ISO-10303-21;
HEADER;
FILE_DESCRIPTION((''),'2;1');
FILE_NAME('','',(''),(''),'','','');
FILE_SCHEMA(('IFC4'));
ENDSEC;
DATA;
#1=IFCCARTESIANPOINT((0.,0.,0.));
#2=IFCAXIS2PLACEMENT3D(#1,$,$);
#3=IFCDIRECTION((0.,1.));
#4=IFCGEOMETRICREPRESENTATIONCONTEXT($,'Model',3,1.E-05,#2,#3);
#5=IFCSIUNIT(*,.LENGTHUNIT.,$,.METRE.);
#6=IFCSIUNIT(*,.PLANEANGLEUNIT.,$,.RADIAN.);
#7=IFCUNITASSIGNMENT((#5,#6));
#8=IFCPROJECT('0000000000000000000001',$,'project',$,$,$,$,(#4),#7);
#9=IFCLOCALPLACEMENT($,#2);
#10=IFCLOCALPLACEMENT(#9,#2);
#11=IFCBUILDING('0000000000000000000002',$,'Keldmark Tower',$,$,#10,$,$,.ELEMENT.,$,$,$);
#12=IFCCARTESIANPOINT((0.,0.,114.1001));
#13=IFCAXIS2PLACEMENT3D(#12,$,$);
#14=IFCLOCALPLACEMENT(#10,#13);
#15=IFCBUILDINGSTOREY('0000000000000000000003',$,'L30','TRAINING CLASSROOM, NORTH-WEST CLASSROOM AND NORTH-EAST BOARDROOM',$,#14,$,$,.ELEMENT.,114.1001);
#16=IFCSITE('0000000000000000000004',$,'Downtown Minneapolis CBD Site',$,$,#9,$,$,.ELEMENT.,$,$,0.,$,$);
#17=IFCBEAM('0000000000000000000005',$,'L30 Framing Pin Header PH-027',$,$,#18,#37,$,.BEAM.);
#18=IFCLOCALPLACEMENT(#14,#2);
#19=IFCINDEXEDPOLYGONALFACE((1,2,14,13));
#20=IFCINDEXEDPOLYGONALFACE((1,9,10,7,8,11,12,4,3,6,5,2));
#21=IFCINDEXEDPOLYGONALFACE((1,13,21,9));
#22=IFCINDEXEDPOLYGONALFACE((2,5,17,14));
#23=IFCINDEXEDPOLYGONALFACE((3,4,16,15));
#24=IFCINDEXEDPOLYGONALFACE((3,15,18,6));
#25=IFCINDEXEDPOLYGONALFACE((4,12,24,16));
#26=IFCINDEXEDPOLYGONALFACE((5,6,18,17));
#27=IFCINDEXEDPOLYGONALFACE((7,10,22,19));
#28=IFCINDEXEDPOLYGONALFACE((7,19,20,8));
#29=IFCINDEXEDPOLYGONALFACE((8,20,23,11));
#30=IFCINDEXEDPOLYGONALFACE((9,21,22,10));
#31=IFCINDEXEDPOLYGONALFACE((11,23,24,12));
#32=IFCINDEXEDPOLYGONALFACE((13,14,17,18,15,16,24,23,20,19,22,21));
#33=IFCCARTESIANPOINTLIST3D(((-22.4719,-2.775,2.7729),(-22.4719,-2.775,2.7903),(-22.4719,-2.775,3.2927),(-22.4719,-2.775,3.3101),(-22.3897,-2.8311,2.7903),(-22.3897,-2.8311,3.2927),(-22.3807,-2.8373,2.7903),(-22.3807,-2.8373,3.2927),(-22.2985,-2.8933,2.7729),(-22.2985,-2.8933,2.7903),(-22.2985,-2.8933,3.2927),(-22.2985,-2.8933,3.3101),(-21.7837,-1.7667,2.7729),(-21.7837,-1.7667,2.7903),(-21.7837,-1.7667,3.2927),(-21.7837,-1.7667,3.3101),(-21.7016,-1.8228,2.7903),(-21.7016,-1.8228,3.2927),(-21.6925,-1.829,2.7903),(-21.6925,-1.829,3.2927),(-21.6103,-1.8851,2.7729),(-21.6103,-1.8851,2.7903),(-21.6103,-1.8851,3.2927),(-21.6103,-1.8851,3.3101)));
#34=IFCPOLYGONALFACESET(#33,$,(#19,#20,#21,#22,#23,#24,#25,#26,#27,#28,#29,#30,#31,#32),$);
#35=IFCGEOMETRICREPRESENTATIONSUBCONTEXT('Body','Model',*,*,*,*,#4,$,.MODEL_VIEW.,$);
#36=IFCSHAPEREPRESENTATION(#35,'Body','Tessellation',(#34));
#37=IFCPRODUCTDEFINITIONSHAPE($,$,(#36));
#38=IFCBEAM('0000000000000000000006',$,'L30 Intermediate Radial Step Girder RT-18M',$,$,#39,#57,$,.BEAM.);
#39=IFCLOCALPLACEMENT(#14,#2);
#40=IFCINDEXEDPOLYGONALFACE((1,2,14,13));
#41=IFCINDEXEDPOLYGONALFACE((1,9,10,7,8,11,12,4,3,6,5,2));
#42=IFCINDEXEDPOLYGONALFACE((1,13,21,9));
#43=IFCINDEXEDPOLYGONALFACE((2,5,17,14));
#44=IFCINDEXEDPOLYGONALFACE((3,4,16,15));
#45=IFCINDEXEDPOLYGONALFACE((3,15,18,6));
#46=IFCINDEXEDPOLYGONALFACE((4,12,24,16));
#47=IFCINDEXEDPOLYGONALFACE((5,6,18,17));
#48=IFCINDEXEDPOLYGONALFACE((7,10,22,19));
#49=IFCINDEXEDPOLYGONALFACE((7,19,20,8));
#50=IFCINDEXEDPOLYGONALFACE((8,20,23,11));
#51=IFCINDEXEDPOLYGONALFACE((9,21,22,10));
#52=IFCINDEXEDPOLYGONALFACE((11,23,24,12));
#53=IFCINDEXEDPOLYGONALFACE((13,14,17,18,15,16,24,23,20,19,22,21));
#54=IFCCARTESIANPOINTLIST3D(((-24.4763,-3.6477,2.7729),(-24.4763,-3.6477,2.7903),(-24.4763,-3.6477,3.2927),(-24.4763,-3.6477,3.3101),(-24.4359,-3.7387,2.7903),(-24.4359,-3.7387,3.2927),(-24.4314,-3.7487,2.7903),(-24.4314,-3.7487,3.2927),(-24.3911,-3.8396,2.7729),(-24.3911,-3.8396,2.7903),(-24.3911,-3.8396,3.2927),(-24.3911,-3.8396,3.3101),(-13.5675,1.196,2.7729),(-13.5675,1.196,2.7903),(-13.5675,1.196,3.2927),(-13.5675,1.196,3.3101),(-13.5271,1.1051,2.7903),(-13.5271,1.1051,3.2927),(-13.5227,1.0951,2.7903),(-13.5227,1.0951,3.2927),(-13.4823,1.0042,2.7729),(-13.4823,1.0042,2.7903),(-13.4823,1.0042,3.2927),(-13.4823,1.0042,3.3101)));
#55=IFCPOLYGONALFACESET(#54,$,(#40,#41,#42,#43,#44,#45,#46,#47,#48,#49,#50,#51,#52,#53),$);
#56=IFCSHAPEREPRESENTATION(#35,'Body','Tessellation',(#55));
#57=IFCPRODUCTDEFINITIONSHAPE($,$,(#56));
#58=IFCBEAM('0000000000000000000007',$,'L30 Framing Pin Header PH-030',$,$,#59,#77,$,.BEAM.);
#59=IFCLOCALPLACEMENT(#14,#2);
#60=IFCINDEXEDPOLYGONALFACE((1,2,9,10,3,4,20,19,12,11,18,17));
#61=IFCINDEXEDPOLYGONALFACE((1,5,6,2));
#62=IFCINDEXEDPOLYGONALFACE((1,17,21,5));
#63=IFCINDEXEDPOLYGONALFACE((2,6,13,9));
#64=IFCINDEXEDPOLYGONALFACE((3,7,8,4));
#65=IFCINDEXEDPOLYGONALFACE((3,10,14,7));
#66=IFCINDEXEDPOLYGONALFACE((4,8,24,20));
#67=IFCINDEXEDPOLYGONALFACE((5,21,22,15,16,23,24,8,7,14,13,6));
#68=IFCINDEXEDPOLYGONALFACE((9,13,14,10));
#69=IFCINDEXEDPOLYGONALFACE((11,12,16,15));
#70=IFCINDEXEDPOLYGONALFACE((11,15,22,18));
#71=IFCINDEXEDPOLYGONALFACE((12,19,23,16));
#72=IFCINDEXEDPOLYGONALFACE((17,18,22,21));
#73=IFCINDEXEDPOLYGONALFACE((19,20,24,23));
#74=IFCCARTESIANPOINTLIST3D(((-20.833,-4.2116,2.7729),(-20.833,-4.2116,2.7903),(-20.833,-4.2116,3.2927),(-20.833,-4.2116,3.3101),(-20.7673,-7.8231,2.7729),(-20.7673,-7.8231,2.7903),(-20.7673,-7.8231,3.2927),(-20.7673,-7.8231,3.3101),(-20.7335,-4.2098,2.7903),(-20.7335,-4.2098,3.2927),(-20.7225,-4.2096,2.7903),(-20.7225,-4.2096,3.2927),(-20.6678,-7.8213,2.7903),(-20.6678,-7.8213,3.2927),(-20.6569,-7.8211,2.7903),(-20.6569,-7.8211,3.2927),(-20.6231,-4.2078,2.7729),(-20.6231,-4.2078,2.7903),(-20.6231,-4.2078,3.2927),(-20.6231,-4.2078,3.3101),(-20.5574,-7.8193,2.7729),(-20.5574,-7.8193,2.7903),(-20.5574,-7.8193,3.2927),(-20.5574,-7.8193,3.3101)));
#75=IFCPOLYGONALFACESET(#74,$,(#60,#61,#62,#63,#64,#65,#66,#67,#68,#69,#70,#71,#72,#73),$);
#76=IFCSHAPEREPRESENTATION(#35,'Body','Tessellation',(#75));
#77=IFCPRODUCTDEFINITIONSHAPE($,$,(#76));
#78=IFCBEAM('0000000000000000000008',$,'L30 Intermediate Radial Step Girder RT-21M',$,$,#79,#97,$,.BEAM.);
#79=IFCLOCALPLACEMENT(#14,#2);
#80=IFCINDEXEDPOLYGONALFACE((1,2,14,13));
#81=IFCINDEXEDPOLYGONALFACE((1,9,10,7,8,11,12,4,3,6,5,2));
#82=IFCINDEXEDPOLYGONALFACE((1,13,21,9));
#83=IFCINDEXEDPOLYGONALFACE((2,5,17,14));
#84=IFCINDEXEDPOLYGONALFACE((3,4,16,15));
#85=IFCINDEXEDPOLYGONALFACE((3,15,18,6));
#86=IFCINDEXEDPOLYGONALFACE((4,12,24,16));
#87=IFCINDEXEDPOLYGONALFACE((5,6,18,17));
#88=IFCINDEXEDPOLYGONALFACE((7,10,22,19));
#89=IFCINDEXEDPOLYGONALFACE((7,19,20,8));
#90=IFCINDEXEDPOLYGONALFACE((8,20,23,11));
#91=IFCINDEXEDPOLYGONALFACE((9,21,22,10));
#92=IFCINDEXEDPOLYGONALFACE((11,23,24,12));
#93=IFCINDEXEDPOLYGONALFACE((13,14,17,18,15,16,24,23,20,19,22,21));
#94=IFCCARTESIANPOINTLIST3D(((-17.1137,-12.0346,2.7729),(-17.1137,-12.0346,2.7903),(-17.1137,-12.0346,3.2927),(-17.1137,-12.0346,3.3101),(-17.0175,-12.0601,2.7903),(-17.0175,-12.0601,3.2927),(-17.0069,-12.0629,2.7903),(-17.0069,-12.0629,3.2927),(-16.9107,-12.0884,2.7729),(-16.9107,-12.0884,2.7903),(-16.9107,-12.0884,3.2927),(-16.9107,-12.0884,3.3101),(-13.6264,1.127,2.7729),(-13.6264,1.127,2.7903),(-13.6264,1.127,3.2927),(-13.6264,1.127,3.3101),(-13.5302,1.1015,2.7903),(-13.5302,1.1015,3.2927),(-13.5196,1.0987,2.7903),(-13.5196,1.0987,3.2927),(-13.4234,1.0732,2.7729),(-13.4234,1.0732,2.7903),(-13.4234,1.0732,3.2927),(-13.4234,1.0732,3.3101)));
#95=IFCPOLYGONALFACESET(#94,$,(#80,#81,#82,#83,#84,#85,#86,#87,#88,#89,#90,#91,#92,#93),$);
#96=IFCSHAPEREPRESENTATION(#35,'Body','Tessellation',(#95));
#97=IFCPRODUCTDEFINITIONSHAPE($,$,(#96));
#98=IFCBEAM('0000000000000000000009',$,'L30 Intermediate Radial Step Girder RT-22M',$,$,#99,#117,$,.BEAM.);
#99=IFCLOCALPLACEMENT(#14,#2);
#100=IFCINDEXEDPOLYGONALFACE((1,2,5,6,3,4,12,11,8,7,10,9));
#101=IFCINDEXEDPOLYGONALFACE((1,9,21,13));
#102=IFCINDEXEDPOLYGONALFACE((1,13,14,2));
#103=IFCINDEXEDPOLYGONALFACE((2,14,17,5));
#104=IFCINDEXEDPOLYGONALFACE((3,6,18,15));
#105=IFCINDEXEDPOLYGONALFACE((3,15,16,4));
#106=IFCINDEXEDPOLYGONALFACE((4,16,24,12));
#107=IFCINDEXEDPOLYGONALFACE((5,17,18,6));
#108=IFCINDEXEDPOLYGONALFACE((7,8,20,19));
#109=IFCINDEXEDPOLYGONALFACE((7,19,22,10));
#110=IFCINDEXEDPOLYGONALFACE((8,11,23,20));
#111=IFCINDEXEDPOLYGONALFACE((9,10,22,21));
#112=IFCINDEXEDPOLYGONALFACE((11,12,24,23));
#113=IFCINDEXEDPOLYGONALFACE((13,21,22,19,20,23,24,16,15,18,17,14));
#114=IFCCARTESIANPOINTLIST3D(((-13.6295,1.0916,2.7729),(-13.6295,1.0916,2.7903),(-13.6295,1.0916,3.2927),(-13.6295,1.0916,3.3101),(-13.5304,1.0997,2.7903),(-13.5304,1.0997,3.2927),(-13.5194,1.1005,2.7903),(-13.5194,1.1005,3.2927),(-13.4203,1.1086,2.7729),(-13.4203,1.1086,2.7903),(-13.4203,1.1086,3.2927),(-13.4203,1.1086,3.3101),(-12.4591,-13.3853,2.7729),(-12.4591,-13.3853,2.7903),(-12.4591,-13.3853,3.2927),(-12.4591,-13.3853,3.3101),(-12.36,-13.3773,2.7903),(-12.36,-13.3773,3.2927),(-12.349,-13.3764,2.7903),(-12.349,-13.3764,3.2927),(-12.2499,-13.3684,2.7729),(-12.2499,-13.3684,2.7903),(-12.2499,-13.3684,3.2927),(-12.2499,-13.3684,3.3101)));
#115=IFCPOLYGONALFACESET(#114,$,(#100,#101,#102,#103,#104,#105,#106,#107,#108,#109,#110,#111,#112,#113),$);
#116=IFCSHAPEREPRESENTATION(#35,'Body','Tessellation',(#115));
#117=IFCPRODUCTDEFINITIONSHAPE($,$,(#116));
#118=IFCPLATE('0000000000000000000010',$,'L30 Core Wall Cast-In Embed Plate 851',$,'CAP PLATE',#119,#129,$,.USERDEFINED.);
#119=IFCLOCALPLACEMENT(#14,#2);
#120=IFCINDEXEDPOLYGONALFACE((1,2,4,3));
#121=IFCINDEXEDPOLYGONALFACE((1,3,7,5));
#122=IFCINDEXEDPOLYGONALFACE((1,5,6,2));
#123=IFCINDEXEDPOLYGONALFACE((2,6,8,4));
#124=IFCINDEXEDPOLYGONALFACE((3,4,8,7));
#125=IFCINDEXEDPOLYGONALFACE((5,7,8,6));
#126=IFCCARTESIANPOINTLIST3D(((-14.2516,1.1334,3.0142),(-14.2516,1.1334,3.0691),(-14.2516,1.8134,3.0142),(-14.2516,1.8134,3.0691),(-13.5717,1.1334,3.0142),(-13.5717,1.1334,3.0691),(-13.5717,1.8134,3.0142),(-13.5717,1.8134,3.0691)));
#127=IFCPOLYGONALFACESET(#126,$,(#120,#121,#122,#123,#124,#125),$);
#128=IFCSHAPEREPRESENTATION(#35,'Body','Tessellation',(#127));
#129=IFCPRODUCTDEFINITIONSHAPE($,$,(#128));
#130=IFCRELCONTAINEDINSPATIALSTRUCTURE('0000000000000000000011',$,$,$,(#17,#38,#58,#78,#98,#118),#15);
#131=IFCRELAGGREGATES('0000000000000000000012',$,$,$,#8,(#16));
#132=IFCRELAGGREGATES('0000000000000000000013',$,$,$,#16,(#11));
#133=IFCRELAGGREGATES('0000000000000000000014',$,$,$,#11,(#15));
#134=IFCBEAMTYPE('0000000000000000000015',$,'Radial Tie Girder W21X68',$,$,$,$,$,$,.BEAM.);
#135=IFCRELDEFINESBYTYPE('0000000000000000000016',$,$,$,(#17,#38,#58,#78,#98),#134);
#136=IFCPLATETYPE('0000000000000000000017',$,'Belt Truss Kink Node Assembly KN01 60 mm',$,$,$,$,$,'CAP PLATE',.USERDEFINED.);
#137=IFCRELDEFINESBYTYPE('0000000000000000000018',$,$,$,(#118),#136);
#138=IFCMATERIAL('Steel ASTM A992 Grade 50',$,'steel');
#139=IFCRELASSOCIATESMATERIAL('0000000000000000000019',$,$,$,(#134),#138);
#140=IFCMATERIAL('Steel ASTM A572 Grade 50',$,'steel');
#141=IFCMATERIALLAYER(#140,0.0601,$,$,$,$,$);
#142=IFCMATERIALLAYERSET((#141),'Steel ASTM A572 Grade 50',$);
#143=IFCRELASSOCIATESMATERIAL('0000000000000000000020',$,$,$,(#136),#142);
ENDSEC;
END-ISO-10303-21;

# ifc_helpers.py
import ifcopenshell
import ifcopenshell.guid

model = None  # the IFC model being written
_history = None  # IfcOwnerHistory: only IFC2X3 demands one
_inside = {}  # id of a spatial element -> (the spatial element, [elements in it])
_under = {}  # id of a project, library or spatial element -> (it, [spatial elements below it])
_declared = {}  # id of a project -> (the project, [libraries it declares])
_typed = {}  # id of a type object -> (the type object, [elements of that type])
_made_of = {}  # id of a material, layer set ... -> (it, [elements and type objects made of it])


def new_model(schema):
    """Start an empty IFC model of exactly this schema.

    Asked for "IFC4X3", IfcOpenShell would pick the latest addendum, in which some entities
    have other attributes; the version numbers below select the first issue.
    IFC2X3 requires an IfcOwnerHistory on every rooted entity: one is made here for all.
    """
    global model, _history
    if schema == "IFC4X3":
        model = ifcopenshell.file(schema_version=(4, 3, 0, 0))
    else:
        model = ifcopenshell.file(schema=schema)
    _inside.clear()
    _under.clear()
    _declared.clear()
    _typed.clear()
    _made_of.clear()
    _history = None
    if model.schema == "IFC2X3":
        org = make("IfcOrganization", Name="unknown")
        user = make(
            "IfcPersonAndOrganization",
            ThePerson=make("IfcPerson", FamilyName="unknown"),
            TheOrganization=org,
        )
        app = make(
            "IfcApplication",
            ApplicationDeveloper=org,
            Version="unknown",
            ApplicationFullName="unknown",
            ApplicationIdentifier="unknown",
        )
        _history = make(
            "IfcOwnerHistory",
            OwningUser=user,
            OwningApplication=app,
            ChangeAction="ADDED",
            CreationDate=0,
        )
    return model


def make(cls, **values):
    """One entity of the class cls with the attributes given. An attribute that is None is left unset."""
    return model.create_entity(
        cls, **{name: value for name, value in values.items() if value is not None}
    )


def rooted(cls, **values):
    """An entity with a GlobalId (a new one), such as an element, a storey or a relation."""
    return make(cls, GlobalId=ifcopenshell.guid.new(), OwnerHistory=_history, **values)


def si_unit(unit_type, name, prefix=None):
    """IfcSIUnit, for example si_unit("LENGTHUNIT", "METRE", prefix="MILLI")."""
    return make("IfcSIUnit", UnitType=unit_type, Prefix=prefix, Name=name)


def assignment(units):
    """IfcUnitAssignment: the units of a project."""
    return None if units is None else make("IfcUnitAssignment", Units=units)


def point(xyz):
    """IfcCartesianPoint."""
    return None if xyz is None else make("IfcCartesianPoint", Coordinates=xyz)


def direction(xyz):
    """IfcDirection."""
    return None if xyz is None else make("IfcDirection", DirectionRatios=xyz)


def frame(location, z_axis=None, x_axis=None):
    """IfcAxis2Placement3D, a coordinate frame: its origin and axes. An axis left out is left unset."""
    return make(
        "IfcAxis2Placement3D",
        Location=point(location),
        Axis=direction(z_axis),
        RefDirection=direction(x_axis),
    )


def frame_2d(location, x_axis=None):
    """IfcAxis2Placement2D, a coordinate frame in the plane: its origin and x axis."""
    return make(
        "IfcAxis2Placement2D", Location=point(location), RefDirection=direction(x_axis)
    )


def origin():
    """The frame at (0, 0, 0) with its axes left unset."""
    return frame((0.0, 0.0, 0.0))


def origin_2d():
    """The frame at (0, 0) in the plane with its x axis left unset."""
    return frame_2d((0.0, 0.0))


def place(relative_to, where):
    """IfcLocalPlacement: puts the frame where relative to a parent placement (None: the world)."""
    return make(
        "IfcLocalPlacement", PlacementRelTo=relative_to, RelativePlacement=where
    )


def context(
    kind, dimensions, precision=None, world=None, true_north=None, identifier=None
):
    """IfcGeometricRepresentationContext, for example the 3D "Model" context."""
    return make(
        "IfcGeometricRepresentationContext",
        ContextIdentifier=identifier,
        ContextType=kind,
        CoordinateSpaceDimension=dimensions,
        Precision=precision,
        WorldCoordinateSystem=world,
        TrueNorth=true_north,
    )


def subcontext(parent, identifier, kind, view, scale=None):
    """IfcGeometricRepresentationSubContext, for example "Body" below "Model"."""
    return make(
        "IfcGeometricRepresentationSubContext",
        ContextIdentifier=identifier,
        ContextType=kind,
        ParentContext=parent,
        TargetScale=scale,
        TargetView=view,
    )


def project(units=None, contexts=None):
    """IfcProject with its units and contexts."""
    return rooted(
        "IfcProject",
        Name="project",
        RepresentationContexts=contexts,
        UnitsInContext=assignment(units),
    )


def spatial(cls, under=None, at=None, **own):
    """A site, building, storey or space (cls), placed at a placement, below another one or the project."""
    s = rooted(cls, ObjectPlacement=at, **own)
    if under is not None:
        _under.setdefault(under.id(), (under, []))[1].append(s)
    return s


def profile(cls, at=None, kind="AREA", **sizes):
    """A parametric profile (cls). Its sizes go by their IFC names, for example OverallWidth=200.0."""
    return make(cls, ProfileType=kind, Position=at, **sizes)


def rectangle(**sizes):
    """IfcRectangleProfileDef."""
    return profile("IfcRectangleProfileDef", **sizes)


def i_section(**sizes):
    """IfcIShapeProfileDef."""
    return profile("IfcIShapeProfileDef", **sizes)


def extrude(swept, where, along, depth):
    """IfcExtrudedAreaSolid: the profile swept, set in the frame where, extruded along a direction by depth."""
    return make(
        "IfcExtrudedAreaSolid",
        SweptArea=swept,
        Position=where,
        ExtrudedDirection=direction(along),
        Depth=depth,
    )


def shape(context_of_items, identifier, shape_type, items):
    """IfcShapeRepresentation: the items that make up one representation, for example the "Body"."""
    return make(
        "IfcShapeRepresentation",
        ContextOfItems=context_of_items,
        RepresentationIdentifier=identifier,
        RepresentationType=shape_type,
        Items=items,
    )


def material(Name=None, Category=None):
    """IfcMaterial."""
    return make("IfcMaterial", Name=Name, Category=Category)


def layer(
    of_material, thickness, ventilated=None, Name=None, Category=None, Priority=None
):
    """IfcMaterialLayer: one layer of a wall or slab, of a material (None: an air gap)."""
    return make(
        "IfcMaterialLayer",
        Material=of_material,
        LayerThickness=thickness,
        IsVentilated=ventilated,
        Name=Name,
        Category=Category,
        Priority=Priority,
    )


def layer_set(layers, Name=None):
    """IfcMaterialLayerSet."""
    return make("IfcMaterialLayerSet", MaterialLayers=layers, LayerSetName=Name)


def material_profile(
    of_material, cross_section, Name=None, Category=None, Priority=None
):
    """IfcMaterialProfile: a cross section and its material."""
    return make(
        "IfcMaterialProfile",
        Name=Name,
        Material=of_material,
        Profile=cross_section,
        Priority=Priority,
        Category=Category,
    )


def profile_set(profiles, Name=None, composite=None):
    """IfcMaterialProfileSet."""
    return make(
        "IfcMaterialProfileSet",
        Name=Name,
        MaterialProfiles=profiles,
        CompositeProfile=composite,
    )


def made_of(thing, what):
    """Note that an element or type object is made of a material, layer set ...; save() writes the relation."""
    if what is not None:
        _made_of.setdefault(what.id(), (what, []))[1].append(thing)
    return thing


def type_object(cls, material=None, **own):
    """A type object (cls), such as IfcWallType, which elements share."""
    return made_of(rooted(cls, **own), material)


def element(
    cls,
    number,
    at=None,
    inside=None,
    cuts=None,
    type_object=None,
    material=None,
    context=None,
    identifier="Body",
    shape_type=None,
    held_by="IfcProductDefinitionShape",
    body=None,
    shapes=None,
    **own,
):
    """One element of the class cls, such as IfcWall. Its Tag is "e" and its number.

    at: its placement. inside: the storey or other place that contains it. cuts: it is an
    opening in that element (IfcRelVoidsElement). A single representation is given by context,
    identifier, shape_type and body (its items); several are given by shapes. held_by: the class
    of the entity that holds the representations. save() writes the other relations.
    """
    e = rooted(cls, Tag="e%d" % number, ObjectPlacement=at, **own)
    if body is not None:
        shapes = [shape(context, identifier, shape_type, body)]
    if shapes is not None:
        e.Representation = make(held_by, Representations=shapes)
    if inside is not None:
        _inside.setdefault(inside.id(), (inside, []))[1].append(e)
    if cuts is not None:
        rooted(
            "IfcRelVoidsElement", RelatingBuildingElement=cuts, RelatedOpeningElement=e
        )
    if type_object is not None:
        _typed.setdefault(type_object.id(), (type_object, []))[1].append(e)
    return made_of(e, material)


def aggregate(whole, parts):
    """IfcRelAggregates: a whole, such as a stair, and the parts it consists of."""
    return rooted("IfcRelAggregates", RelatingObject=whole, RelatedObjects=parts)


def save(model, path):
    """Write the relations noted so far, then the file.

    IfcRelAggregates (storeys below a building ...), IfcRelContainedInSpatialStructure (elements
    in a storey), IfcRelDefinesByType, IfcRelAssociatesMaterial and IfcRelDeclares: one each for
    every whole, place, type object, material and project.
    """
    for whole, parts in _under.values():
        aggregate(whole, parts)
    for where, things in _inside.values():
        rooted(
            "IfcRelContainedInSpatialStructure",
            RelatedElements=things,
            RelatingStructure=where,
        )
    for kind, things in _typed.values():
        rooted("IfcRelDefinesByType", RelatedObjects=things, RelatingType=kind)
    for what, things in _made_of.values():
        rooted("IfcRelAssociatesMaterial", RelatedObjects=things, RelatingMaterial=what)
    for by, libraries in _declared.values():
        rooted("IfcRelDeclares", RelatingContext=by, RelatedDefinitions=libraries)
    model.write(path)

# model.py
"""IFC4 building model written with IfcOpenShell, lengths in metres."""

from ifc_helpers import new_model, si_unit, direction, frame, origin, origin_2d, place, context, subcontext, project, spatial, rectangle, i_section, extrude, material, layer, layer_set, material_profile, profile_set, type_object, element, save


model = new_model("IFC4")

# Units and contexts
model_context = context("Model", 3, precision=1e-05, world=origin(), true_north=direction((0.0, 1.0)))
body_context = subcontext(model_context, "Body", "Model", "MODEL_VIEW")
ifc_project = project(units=[si_unit("LENGTHUNIT", "METRE"), si_unit("PLANEANGLEUNIT", "RADIAN")], contexts=[model_context])

# Site, building, storey
site_placement = place(None, origin())
site = spatial("IfcSite", under=ifc_project, at=site_placement, Name="Downtown Minneapolis CBD Site", CompositionType="ELEMENT", RefElevation=0.0)
building_placement = place(site_placement, origin())
building = spatial("IfcBuilding", under=site, at=building_placement, Name="Keldmark Tower", CompositionType="ELEMENT")
storey_placement = place(building_placement, frame((0.0, 0.0, 114.1001)))
storey = spatial("IfcBuildingStorey", under=building, at=storey_placement, Name="L30", Description="TRAINING CLASSROOM, NORTH-WEST CLASSROOM AND NORTH-EAST BOARDROOM", CompositionType="ELEMENT", Elevation=114.1001)

# Beams
ifc_material_1 = material(Name="Steel ASTM A992 Grade 50", Category="steel")
ifc_material_profile_1 = material_profile(ifc_material_1, i_section(OverallWidth=0.21, OverallDepth=0.5371, WebThickness=0.011, FlangeThickness=0.0173, at=origin_2d()), Name="W21X68")
ifc_profile_set_1 = profile_set([ifc_material_profile_1], Name="Steel ASTM A992 Grade 50")
beam_type_1 = type_object("IfcBeamType", Name="Radial Tie Girder W21X68", PredefinedType="BEAM", material=ifc_profile_set_1)
beam_1_placement = place(storey_placement, frame((-21.697, -1.8259, 3.0415), z_axis=(-0.563759, -0.82594, 0.0), x_axis=(0.82594, -0.563759, 0.0)))
element("IfcBeam", 1, at=beam_1_placement, inside=storey, type_object=beam_type_1, Name="L30 Framing Pin Header PH-027", PredefinedType="BEAM", context=body_context, shape_type="SweptSolid", body=[
    extrude(i_section(OverallWidth=0.21, OverallDepth=0.5371, WebThickness=0.011, FlangeThickness=0.0173, at=origin_2d()), origin(), (0.0, 0.0, 1.0), 1.2207),
])
beam_2_placement = place(storey_placement, frame((-13.5249, 1.1001, 3.0415), z_axis=(-0.913953, -0.40582, 0.0), x_axis=(0.40582, -0.913953, 0.0)))
element("IfcBeam", 2, at=beam_2_placement, inside=storey, type_object=beam_type_1, Name="L30 Intermediate Radial Step Girder RT-18M", PredefinedType="BEAM", context=body_context, shape_type="SweptSolid", body=[
    extrude(i_section(OverallWidth=0.21, OverallDepth=0.5371, WebThickness=0.011, FlangeThickness=0.0173, at=origin_2d()), origin(), (0.0, 0.0, 1.0), 11.9358),
])
beam_3_placement = place(storey_placement, frame((-20.728, -4.2097, 3.0415), z_axis=(0.018181, -0.999835, 0.0), x_axis=(0.999835, 0.018181, 0.0)))
element("IfcBeam", 3, at=beam_3_placement, inside=storey, type_object=beam_type_1, Name="L30 Framing Pin Header PH-030", PredefinedType="BEAM", context=body_context, shape_type="SweptSolid", body=[
    extrude(i_section(OverallWidth=0.21, OverallDepth=0.5371, WebThickness=0.011, FlangeThickness=0.0173, at=origin_2d()), origin(), (0.0, 0.0, 1.0), 3.6121),
])
beam_4_placement = place(storey_placement, frame((-13.5249, 1.1001, 3.0415), z_axis=(-0.256122, -0.966644, 0.0), x_axis=(0.966644, -0.256122, 0.0)))
element("IfcBeam", 4, at=beam_4_placement, inside=storey, type_object=beam_type_1, Name="L30 Intermediate Radial Step Girder RT-21M", PredefinedType="BEAM", context=body_context, shape_type="SweptSolid", body=[
    extrude(i_section(OverallWidth=0.21, OverallDepth=0.5371, WebThickness=0.011, FlangeThickness=0.0173, at=origin_2d()), origin(), (0.0, 0.0, 1.0), 13.6157),
])
beam_5_placement = place(storey_placement, frame((-13.5249, 1.1001, 3.0415), z_axis=(0.080583, -0.996748, 0.0), x_axis=(0.996748, 0.080583, 0.0)))
element("IfcBeam", 5, at=beam_5_placement, inside=storey, type_object=beam_type_1, Name="L30 Intermediate Radial Step Girder RT-22M", PredefinedType="BEAM", context=body_context, shape_type="SweptSolid", body=[
    extrude(i_section(OverallWidth=0.21, OverallDepth=0.5371, WebThickness=0.011, FlangeThickness=0.0173, at=origin_2d()), origin(), (0.0, 0.0, 1.0), 14.5242),
])

# Plate
ifc_material_2 = material(Name="Steel ASTM A572 Grade 50", Category="steel")
ifc_layer_1 = layer(ifc_material_2, 0.0601)
ifc_layer_set_1 = layer_set([ifc_layer_1], Name="Steel ASTM A572 Grade 50")
plate_type = type_object("IfcPlateType", Name="Belt Truss Kink Node Assembly KN01 60 mm", ElementType="CAP PLATE", PredefinedType="USERDEFINED", material=ifc_layer_set_1)
plate_placement = place(storey_placement, frame((-13.9116, 1.4734, 3.0142), z_axis=(0.0, 0.0, 1.0), x_axis=(1.0, 0.0, 0.0)))
element("IfcPlate", 6, at=plate_placement, inside=storey, type_object=plate_type, Name="L30 Core Wall Cast-In Embed Plate 851", ObjectType="CAP PLATE", PredefinedType="USERDEFINED", context=body_context, shape_type="SweptSolid", body=[
    extrude(rectangle(XDim=0.6799, YDim=0.6799, at=origin_2d()), origin(), (0.0, 0.0, 1.0), 0.0549),
])

save(model, "model.ifc")
